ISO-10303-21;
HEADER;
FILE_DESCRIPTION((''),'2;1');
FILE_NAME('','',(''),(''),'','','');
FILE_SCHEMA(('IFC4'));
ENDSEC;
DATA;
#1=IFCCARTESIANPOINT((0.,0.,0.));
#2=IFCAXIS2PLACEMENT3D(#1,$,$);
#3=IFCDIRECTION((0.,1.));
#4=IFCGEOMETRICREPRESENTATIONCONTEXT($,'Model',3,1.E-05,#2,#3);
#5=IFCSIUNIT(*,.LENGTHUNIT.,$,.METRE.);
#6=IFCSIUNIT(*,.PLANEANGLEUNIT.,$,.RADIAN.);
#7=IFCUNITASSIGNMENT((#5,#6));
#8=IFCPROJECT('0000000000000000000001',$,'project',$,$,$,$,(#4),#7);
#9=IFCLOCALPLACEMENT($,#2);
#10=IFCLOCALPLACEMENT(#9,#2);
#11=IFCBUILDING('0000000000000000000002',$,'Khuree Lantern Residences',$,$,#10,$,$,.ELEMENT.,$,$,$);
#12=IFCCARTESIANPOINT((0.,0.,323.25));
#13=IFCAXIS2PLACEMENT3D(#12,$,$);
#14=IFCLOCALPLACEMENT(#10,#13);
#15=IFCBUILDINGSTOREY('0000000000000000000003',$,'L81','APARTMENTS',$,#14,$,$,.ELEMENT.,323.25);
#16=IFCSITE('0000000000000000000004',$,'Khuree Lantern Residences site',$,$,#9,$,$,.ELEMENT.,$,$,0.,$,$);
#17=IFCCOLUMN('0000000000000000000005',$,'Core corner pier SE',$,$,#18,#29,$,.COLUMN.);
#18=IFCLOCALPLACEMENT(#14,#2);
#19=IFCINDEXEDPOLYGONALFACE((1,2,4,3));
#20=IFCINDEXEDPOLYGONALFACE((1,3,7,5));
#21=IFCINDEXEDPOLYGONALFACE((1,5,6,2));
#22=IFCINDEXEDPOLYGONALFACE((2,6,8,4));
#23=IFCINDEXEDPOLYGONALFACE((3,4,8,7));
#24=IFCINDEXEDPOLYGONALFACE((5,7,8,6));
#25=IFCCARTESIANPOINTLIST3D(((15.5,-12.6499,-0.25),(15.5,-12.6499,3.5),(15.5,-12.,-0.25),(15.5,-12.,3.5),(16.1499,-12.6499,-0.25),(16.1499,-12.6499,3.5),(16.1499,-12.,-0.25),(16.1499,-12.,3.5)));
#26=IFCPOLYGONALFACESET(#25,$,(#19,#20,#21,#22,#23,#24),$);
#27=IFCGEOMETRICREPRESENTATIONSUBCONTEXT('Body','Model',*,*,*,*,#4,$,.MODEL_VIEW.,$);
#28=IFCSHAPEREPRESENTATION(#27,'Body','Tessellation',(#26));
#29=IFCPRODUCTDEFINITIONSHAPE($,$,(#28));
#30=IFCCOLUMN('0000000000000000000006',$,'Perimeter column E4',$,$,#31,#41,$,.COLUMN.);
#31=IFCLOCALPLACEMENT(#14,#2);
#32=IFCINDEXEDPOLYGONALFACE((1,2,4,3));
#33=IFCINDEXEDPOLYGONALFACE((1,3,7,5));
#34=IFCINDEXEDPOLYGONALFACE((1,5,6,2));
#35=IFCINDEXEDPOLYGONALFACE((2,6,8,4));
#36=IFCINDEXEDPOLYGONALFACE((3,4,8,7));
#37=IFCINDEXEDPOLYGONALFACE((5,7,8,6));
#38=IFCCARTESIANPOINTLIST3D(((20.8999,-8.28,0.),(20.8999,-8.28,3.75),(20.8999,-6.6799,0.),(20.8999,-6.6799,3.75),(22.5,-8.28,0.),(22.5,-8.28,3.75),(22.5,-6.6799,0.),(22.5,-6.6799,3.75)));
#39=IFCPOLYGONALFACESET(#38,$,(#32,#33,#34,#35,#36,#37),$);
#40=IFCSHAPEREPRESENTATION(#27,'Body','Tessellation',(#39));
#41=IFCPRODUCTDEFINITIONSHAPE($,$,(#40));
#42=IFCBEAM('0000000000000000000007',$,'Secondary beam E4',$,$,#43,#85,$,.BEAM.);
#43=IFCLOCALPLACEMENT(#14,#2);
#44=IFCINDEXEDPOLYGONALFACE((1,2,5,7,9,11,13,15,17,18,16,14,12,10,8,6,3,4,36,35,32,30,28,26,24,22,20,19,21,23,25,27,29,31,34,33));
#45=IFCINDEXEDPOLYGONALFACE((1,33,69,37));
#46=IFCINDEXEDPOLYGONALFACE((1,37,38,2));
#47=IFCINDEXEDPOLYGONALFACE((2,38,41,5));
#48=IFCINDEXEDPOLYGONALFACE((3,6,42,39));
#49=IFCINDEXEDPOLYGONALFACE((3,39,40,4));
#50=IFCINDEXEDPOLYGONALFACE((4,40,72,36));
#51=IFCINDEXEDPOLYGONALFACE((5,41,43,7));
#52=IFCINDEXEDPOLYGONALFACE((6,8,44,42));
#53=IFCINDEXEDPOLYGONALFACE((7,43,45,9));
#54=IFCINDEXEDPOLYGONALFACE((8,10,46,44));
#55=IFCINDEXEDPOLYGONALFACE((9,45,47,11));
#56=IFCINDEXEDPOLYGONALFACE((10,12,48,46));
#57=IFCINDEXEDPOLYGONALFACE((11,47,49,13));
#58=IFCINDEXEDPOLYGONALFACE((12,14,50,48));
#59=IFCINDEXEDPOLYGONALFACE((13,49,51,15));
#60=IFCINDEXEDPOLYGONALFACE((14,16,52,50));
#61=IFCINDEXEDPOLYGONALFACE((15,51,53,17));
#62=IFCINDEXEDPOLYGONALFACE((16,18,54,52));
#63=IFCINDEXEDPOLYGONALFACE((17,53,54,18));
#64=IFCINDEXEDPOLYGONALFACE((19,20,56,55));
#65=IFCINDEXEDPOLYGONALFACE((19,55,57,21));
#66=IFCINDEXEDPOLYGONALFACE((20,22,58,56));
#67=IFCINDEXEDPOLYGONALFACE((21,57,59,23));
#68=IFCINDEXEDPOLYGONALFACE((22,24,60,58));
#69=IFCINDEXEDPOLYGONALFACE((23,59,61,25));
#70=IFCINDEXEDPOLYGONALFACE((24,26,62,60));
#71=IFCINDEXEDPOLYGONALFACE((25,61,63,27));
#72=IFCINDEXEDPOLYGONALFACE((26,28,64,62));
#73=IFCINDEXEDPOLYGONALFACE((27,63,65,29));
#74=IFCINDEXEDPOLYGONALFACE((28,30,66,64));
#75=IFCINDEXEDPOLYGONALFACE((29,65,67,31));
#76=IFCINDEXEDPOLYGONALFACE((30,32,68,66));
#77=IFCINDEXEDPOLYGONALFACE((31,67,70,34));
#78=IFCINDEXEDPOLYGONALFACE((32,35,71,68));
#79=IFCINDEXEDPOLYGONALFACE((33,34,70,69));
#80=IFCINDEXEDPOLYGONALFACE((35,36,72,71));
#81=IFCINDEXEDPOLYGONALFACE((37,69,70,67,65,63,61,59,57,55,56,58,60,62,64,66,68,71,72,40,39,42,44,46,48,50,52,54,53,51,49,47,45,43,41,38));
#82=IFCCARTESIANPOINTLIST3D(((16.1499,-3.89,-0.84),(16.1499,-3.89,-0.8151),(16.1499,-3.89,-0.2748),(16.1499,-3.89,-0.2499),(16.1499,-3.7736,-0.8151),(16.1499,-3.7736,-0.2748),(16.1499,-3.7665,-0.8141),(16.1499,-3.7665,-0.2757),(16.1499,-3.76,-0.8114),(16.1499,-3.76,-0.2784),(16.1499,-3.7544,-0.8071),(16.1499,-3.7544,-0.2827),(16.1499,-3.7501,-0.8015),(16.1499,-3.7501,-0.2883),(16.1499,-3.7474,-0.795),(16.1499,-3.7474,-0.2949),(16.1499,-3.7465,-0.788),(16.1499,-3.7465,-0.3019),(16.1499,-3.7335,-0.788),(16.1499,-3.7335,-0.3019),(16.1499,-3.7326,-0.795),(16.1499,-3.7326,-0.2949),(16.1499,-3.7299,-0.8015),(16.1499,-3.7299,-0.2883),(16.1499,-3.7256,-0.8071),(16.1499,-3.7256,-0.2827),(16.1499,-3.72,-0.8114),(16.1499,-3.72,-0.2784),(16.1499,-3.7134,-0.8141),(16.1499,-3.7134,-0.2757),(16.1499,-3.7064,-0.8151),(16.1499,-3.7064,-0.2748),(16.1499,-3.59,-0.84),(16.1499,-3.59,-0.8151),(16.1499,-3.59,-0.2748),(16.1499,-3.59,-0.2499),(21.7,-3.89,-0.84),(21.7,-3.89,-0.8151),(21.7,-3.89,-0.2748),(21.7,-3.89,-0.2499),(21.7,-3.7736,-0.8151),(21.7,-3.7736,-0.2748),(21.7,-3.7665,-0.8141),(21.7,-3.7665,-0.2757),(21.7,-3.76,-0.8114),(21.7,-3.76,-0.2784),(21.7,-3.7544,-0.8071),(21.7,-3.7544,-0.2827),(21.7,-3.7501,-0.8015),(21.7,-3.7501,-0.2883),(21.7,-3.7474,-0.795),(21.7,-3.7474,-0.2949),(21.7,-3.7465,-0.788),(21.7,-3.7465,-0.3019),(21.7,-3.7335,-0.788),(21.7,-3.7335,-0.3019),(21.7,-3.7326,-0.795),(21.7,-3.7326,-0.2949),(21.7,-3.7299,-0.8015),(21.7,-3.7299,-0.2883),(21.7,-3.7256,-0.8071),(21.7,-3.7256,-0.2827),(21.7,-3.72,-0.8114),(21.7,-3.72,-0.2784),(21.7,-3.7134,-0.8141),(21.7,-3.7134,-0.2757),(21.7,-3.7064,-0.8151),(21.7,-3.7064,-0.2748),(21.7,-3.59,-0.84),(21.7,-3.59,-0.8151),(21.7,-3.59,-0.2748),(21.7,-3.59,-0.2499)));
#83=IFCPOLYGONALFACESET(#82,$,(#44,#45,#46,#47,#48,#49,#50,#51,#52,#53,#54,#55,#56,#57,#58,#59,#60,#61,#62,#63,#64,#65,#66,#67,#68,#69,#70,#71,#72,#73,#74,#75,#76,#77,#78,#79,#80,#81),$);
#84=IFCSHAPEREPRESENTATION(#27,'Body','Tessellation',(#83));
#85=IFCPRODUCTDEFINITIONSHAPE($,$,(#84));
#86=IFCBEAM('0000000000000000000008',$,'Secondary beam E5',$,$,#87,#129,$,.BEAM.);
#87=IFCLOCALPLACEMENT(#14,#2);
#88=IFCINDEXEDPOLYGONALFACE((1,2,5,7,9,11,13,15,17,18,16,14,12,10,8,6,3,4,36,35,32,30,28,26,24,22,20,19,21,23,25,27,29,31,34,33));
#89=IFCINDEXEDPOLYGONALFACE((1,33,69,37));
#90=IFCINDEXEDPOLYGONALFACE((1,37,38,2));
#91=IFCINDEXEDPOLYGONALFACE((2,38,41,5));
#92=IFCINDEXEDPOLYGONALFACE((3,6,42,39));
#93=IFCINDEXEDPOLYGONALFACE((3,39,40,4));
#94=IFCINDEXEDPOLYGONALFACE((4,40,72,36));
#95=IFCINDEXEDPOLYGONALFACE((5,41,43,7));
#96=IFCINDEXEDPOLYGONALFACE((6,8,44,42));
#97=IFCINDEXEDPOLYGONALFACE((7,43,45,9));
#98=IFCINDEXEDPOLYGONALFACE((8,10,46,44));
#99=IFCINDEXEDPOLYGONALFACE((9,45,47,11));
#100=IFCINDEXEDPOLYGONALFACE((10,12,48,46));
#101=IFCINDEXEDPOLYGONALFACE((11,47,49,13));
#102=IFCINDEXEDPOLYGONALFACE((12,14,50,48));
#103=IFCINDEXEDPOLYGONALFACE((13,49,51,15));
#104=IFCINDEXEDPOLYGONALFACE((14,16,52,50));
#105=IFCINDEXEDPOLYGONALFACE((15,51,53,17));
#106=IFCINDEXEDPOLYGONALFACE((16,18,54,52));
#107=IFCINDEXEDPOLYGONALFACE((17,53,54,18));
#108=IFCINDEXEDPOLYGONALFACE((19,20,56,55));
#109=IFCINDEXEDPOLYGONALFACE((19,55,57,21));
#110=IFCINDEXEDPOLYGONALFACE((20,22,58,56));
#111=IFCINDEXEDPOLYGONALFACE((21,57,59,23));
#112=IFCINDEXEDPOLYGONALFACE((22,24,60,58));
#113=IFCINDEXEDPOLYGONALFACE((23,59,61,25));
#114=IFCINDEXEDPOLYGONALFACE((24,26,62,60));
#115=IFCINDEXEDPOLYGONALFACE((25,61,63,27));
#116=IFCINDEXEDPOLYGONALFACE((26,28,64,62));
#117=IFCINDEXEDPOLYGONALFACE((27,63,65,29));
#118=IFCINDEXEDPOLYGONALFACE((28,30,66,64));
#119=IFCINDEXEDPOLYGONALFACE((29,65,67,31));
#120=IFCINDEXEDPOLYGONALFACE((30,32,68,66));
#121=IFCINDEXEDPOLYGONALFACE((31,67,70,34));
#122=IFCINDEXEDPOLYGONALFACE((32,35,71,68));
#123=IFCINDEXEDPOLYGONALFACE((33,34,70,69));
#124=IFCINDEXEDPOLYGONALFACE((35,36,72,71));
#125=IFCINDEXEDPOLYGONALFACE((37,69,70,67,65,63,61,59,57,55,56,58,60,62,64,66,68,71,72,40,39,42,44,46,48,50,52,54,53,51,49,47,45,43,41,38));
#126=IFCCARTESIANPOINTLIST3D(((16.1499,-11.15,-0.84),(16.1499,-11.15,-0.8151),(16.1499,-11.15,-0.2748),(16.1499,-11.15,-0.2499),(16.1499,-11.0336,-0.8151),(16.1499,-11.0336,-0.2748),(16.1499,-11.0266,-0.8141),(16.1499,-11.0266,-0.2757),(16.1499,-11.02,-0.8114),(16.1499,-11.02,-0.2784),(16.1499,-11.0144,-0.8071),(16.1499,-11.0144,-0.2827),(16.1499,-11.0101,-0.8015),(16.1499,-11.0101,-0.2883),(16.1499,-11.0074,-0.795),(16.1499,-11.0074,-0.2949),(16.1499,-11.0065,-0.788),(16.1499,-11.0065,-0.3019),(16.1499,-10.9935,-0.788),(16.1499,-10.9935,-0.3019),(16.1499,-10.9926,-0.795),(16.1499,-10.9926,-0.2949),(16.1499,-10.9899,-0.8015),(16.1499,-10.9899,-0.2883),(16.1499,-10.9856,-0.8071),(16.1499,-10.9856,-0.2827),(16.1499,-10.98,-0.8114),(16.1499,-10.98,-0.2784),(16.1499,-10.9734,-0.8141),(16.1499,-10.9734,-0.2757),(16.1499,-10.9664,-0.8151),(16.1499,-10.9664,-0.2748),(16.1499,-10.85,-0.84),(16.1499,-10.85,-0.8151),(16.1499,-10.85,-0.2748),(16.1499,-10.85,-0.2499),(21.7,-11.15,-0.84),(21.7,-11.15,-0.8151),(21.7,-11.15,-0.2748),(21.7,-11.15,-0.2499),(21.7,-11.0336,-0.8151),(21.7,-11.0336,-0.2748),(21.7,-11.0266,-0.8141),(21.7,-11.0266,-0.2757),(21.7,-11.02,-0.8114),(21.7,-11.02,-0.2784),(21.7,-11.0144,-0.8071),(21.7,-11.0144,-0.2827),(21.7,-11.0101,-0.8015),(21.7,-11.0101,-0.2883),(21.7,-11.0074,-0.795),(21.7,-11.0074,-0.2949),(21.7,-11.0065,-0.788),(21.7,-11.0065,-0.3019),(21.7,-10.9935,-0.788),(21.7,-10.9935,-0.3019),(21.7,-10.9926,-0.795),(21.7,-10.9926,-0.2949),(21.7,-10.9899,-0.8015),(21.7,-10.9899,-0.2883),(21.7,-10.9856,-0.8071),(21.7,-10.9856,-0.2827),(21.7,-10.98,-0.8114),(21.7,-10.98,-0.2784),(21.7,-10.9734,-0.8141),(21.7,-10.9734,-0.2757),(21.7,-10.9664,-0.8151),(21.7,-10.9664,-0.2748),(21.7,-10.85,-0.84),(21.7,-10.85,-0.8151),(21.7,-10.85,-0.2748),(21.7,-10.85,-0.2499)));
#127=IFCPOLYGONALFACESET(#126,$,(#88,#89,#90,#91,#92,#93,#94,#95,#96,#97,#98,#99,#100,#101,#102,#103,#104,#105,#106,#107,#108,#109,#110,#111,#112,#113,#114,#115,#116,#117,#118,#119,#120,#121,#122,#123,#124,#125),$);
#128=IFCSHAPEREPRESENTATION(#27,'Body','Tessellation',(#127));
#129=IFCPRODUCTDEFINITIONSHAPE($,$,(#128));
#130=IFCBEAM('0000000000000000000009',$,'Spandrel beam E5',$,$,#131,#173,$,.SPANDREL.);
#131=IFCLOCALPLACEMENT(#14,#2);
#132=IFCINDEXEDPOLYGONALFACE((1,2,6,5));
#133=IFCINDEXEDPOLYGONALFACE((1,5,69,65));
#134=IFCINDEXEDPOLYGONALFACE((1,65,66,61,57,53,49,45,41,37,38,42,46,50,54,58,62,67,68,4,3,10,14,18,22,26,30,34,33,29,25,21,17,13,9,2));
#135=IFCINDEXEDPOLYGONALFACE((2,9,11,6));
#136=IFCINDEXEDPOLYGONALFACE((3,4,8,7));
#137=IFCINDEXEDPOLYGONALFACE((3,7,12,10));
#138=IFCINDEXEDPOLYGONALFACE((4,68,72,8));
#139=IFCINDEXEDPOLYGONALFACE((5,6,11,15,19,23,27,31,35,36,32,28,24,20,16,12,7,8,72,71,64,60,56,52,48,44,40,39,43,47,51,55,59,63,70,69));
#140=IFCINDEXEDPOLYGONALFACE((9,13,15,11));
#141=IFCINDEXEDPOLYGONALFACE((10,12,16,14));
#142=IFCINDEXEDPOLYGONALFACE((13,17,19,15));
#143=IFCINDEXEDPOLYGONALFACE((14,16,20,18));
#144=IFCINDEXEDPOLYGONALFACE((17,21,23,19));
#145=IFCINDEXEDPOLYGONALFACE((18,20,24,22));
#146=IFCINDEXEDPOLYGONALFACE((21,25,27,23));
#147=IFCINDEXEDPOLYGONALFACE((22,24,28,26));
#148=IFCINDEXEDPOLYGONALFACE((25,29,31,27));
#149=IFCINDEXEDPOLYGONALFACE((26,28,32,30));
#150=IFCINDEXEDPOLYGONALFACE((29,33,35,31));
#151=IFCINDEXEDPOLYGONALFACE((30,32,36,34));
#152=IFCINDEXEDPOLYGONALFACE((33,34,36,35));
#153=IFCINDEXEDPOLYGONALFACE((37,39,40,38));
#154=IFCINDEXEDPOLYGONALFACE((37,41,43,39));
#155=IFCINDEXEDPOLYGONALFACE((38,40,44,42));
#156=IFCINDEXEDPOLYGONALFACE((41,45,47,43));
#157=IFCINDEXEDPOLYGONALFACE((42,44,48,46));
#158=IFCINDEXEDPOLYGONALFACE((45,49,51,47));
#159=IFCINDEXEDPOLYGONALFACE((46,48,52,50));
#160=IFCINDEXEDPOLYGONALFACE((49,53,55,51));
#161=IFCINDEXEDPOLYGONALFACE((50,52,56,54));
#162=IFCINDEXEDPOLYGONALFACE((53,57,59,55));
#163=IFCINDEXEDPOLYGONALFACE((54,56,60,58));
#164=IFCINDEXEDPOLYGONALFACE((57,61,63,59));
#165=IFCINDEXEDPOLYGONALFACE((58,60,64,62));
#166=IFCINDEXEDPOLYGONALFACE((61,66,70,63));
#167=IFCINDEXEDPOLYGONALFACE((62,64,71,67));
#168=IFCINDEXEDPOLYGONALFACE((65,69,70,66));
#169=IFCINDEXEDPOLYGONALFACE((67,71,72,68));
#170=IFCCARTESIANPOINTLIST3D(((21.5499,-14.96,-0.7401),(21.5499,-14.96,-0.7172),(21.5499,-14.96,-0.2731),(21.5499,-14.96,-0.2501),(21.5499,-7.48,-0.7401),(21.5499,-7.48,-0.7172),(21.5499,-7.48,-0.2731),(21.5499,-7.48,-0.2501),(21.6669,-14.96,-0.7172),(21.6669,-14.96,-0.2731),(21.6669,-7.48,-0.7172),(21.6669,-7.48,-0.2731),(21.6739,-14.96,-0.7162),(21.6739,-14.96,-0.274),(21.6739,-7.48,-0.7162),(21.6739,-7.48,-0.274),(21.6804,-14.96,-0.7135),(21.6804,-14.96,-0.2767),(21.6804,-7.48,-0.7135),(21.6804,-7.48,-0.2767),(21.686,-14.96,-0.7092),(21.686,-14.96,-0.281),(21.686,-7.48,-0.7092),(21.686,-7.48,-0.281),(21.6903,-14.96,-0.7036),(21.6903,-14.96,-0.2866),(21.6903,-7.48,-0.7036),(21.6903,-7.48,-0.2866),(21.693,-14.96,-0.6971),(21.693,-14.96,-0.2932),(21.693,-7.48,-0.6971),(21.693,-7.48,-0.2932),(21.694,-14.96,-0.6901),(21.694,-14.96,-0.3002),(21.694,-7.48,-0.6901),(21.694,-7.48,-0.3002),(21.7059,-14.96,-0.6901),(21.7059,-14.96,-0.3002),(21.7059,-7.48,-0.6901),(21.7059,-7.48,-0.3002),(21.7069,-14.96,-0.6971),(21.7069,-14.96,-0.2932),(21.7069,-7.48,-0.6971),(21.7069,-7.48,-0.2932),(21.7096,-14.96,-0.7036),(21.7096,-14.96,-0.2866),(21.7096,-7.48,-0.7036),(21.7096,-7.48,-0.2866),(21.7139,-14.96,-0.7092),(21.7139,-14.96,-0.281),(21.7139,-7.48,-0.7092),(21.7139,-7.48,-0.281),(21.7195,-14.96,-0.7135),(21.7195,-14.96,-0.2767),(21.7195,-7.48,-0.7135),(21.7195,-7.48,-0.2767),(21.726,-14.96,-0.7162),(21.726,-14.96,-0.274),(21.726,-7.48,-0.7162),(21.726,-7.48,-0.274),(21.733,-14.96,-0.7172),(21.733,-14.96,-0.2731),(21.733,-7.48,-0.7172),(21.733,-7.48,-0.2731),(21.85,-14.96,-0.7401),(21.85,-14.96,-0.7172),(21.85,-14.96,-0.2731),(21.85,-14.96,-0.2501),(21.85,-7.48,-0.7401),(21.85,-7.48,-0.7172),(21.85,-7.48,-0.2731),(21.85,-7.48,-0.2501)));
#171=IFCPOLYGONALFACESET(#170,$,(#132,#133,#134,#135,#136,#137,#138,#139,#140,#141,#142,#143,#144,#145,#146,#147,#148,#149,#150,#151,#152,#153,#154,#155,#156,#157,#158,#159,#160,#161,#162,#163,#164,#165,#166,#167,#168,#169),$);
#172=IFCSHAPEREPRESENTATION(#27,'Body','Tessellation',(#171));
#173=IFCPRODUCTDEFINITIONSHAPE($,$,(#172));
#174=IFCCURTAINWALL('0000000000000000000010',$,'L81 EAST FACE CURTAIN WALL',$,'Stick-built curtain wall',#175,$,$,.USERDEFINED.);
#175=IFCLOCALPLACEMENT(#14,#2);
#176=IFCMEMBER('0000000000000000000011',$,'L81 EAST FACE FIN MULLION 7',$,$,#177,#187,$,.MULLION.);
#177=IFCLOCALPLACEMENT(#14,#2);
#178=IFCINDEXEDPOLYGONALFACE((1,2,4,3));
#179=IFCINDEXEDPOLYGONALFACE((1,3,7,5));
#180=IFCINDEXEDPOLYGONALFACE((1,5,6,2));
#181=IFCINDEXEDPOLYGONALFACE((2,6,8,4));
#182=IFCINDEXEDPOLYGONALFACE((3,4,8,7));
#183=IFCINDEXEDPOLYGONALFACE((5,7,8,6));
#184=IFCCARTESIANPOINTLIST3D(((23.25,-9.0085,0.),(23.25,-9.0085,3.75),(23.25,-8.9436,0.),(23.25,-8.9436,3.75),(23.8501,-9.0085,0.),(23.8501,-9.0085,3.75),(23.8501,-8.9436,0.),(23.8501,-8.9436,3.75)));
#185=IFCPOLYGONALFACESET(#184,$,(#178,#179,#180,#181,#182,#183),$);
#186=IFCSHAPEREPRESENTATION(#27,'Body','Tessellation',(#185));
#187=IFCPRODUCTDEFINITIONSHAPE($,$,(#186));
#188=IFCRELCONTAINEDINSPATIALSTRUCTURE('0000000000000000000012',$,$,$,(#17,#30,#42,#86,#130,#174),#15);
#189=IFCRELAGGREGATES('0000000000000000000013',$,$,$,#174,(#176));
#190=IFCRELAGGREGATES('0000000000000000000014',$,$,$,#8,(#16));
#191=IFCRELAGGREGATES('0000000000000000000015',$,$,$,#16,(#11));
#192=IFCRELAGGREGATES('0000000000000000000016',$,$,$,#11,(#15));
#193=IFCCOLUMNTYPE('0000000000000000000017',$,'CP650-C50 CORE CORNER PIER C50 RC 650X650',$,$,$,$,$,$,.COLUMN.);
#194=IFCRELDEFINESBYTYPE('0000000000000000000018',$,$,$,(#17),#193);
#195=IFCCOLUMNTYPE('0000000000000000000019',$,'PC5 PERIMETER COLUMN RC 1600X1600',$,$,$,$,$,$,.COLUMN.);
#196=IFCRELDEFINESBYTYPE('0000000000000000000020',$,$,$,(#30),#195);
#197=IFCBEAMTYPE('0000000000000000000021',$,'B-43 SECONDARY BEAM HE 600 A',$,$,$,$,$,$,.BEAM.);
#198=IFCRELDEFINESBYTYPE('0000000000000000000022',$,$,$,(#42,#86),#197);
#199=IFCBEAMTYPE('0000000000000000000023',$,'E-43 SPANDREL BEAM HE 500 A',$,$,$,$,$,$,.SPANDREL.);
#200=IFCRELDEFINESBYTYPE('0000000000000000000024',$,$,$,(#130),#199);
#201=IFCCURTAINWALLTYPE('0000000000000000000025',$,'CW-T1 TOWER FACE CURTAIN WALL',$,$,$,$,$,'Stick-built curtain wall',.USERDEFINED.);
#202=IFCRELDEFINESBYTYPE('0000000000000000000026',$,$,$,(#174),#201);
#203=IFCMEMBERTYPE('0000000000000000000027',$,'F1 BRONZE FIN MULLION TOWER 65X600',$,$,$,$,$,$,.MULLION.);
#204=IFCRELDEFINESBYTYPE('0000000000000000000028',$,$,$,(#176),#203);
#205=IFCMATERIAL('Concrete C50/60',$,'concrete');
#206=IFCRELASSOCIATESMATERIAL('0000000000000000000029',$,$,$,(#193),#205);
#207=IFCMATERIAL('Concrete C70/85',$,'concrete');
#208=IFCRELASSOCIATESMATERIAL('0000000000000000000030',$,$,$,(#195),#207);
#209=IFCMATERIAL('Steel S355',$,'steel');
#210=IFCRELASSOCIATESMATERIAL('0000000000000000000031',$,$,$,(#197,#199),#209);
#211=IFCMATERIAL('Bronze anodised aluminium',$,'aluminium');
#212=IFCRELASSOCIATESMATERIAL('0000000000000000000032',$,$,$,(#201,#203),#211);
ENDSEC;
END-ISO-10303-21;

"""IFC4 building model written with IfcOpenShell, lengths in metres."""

from ifc_helpers import new_model, si_unit, direction, frame, origin, origin_2d, place, context, subcontext, project, spatial, rectangle, i_section, extrude, material, material_profile, profile_set, type_object, element, aggregate, save


model = new_model("IFC4")

# Units and contexts
model_context = context("Model", 3, precision=1e-05, world=origin(), true_north=direction((0.0, 1.0)))
body_context = subcontext(model_context, "Body", "Model", "MODEL_VIEW")
ifc_project = project(units=[si_unit("LENGTHUNIT", "METRE"), si_unit("PLANEANGLEUNIT", "RADIAN")], contexts=[model_context])

# Site, building, storey
site_placement = place(None, origin())
site = spatial("IfcSite", under=ifc_project, at=site_placement, Name="Khuree Lantern Residences site", CompositionType="ELEMENT", RefElevation=0.0)
building_placement = place(site_placement, origin())
building = spatial("IfcBuilding", under=site, at=building_placement, Name="Khuree Lantern Residences", CompositionType="ELEMENT")
storey_placement = place(building_placement, frame((0.0, 0.0, 323.25)))
storey = spatial("IfcBuildingStorey", under=building, at=storey_placement, Name="L81", Description="APARTMENTS", CompositionType="ELEMENT", Elevation=323.25)

# Columns
ifc_material_1 = material(Name="Concrete C50/60", Category="concrete")
ifc_material_profile_1 = material_profile(ifc_material_1, rectangle(XDim=0.6499, YDim=0.6499, at=origin_2d()), Name="RC 650X650")
ifc_profile_set_1 = profile_set([ifc_material_profile_1], Name="Concrete C50/60")
column_type_1 = type_object("IfcColumnType", Name="CP650-C50 CORE CORNER PIER C50 RC 650X650", PredefinedType="COLUMN", material=ifc_profile_set_1)
column_1_placement = place(storey_placement, frame((15.825, -12.325, -0.25), z_axis=(0.0, 0.0, 1.0), x_axis=(1.0, 0.0, 0.0)))
element("IfcColumn", 1, at=column_1_placement, inside=storey, type_object=column_type_1, Name="Core corner pier SE", PredefinedType="COLUMN", context=body_context, shape_type="SweptSolid", body=[
    extrude(rectangle(XDim=0.6499, YDim=0.6499, at=origin_2d()), origin(), (0.0, 0.0, 1.0), 3.75),
])
ifc_material_2 = material(Name="Concrete C70/85", Category="concrete")
ifc_material_profile_2 = material_profile(ifc_material_2, rectangle(XDim=1.6001, YDim=1.6001, at=origin_2d()), Name="RC 1600X1600")
ifc_profile_set_2 = profile_set([ifc_material_profile_2], Name="Concrete C70/85")
column_type_2 = type_object("IfcColumnType", Name="PC5 PERIMETER COLUMN RC 1600X1600", PredefinedType="COLUMN", material=ifc_profile_set_2)
column_2_placement = place(storey_placement, frame((21.7, -7.48, 0.0), z_axis=(0.0, 0.0, 1.0), x_axis=(0.0, 1.0, 0.0)))
element("IfcColumn", 2, at=column_2_placement, inside=storey, type_object=column_type_2, Name="Perimeter column E4", PredefinedType="COLUMN", context=body_context, shape_type="SweptSolid", body=[
    extrude(rectangle(XDim=1.6001, YDim=1.6001, at=origin_2d()), origin(), (0.0, 0.0, 1.0), 3.75),
])

# Beams
ifc_material_3 = material(Name="Steel S355", Category="steel")
ifc_material_profile_3 = material_profile(ifc_material_3, i_section(OverallWidth=0.3, OverallDepth=0.5901, WebThickness=0.0129, FlangeThickness=0.0249, FilletRadius=0.0271, at=origin_2d()), Name="HE 600 A")
ifc_profile_set_3 = profile_set([ifc_material_profile_3], Name="Steel S355")
beam_type_1 = type_object("IfcBeamType", Name="B-43 SECONDARY BEAM HE 600 A", PredefinedType="BEAM", material=ifc_profile_set_3)
for number, where, z_axis, x_axis, name in (
    (3, (21.7, -3.74, -0.5449), (-1.0, 0.0, 0.0), (0.0, -1.0, 0.0), "Secondary beam E4"),
    (4, (21.7, -11.0, -0.5449), (-1.0, 0.0, 0.0), (0.0, -1.0, 0.0), "Secondary beam E5"),
):
    element("IfcBeam", number, at=place(storey_placement, frame(where, z_axis=z_axis, x_axis=x_axis)), inside=storey, type_object=beam_type_1, Name=name, PredefinedType="BEAM", context=body_context, shape_type="SweptSolid", body=[
        extrude(i_section(OverallWidth=0.3, OverallDepth=0.5901, WebThickness=0.0129, FlangeThickness=0.0249, FilletRadius=0.0271, at=origin_2d()), origin(), (0.0, 0.0, 1.0), 5.55),
    ])
ifc_material_profile_4 = material_profile(ifc_material_3, i_section(OverallWidth=0.3, OverallDepth=0.49, WebThickness=0.012, FlangeThickness=0.0229, FilletRadius=0.0271, at=origin_2d()), Name="HE 500 A")
ifc_profile_set_4 = profile_set([ifc_material_profile_4], Name="Steel S355")
beam_type_2 = type_object("IfcBeamType", Name="E-43 SPANDREL BEAM HE 500 A", PredefinedType="SPANDREL", material=ifc_profile_set_4)
beam_1_placement = place(storey_placement, frame((21.7, -7.48, -0.4951), z_axis=(0.0, -1.0, 0.0), x_axis=(1.0, 0.0, 0.0)))
element("IfcBeam", 5, at=beam_1_placement, inside=storey, type_object=beam_type_2, Name="Spandrel beam E5", PredefinedType="SPANDREL", context=body_context, shape_type="SweptSolid", body=[
    extrude(i_section(OverallWidth=0.3, OverallDepth=0.49, WebThickness=0.012, FlangeThickness=0.0229, FilletRadius=0.0271, at=origin_2d()), origin(), (0.0, 0.0, 1.0), 7.48),
])

# Curtain wall, member
ifc_material_4 = material(Name="Bronze anodised aluminium", Category="aluminium")
curtain_wall_type = type_object("IfcCurtainWallType", Name="CW-T1 TOWER FACE CURTAIN WALL", ElementType="Stick-built curtain wall", PredefinedType="USERDEFINED", material=ifc_material_4)
curtain_wall_placement = place(storey_placement, origin())
curtain_wall = element("IfcCurtainWall", 6, at=curtain_wall_placement, inside=storey, type_object=curtain_wall_type, Name="L81 EAST FACE CURTAIN WALL", ObjectType="Stick-built curtain wall", PredefinedType="USERDEFINED")
ifc_material_profile_5 = material_profile(ifc_material_4, rectangle(XDim=0.0649, YDim=0.6001, at=origin_2d()), Name="F1 65X600")
ifc_profile_set_5 = profile_set([ifc_material_profile_5], Name="Bronze anodised aluminium")
member_type_1 = type_object("IfcMemberType", Name="F1 BRONZE FIN MULLION TOWER 65X600", PredefinedType="MULLION", material=ifc_profile_set_5)
member_1_placement = place(storey_placement, frame((23.55, -8.9761, 0.0), z_axis=(0.0, 0.0, 1.0), x_axis=(0.0, 1.0, 0.0)))
member_1 = element("IfcMember", 7, at=member_1_placement, type_object=member_type_1, Name="L81 EAST FACE FIN MULLION 7", PredefinedType="MULLION", context=body_context, shape_type="SweptSolid", body=[
    extrude(rectangle(XDim=0.0649, YDim=0.6001, at=origin_2d()), origin(), (0.0, 0.0, 1.0), 3.75),
])

aggregate(curtain_wall, [member_1])

save(model, "model.ifc")
